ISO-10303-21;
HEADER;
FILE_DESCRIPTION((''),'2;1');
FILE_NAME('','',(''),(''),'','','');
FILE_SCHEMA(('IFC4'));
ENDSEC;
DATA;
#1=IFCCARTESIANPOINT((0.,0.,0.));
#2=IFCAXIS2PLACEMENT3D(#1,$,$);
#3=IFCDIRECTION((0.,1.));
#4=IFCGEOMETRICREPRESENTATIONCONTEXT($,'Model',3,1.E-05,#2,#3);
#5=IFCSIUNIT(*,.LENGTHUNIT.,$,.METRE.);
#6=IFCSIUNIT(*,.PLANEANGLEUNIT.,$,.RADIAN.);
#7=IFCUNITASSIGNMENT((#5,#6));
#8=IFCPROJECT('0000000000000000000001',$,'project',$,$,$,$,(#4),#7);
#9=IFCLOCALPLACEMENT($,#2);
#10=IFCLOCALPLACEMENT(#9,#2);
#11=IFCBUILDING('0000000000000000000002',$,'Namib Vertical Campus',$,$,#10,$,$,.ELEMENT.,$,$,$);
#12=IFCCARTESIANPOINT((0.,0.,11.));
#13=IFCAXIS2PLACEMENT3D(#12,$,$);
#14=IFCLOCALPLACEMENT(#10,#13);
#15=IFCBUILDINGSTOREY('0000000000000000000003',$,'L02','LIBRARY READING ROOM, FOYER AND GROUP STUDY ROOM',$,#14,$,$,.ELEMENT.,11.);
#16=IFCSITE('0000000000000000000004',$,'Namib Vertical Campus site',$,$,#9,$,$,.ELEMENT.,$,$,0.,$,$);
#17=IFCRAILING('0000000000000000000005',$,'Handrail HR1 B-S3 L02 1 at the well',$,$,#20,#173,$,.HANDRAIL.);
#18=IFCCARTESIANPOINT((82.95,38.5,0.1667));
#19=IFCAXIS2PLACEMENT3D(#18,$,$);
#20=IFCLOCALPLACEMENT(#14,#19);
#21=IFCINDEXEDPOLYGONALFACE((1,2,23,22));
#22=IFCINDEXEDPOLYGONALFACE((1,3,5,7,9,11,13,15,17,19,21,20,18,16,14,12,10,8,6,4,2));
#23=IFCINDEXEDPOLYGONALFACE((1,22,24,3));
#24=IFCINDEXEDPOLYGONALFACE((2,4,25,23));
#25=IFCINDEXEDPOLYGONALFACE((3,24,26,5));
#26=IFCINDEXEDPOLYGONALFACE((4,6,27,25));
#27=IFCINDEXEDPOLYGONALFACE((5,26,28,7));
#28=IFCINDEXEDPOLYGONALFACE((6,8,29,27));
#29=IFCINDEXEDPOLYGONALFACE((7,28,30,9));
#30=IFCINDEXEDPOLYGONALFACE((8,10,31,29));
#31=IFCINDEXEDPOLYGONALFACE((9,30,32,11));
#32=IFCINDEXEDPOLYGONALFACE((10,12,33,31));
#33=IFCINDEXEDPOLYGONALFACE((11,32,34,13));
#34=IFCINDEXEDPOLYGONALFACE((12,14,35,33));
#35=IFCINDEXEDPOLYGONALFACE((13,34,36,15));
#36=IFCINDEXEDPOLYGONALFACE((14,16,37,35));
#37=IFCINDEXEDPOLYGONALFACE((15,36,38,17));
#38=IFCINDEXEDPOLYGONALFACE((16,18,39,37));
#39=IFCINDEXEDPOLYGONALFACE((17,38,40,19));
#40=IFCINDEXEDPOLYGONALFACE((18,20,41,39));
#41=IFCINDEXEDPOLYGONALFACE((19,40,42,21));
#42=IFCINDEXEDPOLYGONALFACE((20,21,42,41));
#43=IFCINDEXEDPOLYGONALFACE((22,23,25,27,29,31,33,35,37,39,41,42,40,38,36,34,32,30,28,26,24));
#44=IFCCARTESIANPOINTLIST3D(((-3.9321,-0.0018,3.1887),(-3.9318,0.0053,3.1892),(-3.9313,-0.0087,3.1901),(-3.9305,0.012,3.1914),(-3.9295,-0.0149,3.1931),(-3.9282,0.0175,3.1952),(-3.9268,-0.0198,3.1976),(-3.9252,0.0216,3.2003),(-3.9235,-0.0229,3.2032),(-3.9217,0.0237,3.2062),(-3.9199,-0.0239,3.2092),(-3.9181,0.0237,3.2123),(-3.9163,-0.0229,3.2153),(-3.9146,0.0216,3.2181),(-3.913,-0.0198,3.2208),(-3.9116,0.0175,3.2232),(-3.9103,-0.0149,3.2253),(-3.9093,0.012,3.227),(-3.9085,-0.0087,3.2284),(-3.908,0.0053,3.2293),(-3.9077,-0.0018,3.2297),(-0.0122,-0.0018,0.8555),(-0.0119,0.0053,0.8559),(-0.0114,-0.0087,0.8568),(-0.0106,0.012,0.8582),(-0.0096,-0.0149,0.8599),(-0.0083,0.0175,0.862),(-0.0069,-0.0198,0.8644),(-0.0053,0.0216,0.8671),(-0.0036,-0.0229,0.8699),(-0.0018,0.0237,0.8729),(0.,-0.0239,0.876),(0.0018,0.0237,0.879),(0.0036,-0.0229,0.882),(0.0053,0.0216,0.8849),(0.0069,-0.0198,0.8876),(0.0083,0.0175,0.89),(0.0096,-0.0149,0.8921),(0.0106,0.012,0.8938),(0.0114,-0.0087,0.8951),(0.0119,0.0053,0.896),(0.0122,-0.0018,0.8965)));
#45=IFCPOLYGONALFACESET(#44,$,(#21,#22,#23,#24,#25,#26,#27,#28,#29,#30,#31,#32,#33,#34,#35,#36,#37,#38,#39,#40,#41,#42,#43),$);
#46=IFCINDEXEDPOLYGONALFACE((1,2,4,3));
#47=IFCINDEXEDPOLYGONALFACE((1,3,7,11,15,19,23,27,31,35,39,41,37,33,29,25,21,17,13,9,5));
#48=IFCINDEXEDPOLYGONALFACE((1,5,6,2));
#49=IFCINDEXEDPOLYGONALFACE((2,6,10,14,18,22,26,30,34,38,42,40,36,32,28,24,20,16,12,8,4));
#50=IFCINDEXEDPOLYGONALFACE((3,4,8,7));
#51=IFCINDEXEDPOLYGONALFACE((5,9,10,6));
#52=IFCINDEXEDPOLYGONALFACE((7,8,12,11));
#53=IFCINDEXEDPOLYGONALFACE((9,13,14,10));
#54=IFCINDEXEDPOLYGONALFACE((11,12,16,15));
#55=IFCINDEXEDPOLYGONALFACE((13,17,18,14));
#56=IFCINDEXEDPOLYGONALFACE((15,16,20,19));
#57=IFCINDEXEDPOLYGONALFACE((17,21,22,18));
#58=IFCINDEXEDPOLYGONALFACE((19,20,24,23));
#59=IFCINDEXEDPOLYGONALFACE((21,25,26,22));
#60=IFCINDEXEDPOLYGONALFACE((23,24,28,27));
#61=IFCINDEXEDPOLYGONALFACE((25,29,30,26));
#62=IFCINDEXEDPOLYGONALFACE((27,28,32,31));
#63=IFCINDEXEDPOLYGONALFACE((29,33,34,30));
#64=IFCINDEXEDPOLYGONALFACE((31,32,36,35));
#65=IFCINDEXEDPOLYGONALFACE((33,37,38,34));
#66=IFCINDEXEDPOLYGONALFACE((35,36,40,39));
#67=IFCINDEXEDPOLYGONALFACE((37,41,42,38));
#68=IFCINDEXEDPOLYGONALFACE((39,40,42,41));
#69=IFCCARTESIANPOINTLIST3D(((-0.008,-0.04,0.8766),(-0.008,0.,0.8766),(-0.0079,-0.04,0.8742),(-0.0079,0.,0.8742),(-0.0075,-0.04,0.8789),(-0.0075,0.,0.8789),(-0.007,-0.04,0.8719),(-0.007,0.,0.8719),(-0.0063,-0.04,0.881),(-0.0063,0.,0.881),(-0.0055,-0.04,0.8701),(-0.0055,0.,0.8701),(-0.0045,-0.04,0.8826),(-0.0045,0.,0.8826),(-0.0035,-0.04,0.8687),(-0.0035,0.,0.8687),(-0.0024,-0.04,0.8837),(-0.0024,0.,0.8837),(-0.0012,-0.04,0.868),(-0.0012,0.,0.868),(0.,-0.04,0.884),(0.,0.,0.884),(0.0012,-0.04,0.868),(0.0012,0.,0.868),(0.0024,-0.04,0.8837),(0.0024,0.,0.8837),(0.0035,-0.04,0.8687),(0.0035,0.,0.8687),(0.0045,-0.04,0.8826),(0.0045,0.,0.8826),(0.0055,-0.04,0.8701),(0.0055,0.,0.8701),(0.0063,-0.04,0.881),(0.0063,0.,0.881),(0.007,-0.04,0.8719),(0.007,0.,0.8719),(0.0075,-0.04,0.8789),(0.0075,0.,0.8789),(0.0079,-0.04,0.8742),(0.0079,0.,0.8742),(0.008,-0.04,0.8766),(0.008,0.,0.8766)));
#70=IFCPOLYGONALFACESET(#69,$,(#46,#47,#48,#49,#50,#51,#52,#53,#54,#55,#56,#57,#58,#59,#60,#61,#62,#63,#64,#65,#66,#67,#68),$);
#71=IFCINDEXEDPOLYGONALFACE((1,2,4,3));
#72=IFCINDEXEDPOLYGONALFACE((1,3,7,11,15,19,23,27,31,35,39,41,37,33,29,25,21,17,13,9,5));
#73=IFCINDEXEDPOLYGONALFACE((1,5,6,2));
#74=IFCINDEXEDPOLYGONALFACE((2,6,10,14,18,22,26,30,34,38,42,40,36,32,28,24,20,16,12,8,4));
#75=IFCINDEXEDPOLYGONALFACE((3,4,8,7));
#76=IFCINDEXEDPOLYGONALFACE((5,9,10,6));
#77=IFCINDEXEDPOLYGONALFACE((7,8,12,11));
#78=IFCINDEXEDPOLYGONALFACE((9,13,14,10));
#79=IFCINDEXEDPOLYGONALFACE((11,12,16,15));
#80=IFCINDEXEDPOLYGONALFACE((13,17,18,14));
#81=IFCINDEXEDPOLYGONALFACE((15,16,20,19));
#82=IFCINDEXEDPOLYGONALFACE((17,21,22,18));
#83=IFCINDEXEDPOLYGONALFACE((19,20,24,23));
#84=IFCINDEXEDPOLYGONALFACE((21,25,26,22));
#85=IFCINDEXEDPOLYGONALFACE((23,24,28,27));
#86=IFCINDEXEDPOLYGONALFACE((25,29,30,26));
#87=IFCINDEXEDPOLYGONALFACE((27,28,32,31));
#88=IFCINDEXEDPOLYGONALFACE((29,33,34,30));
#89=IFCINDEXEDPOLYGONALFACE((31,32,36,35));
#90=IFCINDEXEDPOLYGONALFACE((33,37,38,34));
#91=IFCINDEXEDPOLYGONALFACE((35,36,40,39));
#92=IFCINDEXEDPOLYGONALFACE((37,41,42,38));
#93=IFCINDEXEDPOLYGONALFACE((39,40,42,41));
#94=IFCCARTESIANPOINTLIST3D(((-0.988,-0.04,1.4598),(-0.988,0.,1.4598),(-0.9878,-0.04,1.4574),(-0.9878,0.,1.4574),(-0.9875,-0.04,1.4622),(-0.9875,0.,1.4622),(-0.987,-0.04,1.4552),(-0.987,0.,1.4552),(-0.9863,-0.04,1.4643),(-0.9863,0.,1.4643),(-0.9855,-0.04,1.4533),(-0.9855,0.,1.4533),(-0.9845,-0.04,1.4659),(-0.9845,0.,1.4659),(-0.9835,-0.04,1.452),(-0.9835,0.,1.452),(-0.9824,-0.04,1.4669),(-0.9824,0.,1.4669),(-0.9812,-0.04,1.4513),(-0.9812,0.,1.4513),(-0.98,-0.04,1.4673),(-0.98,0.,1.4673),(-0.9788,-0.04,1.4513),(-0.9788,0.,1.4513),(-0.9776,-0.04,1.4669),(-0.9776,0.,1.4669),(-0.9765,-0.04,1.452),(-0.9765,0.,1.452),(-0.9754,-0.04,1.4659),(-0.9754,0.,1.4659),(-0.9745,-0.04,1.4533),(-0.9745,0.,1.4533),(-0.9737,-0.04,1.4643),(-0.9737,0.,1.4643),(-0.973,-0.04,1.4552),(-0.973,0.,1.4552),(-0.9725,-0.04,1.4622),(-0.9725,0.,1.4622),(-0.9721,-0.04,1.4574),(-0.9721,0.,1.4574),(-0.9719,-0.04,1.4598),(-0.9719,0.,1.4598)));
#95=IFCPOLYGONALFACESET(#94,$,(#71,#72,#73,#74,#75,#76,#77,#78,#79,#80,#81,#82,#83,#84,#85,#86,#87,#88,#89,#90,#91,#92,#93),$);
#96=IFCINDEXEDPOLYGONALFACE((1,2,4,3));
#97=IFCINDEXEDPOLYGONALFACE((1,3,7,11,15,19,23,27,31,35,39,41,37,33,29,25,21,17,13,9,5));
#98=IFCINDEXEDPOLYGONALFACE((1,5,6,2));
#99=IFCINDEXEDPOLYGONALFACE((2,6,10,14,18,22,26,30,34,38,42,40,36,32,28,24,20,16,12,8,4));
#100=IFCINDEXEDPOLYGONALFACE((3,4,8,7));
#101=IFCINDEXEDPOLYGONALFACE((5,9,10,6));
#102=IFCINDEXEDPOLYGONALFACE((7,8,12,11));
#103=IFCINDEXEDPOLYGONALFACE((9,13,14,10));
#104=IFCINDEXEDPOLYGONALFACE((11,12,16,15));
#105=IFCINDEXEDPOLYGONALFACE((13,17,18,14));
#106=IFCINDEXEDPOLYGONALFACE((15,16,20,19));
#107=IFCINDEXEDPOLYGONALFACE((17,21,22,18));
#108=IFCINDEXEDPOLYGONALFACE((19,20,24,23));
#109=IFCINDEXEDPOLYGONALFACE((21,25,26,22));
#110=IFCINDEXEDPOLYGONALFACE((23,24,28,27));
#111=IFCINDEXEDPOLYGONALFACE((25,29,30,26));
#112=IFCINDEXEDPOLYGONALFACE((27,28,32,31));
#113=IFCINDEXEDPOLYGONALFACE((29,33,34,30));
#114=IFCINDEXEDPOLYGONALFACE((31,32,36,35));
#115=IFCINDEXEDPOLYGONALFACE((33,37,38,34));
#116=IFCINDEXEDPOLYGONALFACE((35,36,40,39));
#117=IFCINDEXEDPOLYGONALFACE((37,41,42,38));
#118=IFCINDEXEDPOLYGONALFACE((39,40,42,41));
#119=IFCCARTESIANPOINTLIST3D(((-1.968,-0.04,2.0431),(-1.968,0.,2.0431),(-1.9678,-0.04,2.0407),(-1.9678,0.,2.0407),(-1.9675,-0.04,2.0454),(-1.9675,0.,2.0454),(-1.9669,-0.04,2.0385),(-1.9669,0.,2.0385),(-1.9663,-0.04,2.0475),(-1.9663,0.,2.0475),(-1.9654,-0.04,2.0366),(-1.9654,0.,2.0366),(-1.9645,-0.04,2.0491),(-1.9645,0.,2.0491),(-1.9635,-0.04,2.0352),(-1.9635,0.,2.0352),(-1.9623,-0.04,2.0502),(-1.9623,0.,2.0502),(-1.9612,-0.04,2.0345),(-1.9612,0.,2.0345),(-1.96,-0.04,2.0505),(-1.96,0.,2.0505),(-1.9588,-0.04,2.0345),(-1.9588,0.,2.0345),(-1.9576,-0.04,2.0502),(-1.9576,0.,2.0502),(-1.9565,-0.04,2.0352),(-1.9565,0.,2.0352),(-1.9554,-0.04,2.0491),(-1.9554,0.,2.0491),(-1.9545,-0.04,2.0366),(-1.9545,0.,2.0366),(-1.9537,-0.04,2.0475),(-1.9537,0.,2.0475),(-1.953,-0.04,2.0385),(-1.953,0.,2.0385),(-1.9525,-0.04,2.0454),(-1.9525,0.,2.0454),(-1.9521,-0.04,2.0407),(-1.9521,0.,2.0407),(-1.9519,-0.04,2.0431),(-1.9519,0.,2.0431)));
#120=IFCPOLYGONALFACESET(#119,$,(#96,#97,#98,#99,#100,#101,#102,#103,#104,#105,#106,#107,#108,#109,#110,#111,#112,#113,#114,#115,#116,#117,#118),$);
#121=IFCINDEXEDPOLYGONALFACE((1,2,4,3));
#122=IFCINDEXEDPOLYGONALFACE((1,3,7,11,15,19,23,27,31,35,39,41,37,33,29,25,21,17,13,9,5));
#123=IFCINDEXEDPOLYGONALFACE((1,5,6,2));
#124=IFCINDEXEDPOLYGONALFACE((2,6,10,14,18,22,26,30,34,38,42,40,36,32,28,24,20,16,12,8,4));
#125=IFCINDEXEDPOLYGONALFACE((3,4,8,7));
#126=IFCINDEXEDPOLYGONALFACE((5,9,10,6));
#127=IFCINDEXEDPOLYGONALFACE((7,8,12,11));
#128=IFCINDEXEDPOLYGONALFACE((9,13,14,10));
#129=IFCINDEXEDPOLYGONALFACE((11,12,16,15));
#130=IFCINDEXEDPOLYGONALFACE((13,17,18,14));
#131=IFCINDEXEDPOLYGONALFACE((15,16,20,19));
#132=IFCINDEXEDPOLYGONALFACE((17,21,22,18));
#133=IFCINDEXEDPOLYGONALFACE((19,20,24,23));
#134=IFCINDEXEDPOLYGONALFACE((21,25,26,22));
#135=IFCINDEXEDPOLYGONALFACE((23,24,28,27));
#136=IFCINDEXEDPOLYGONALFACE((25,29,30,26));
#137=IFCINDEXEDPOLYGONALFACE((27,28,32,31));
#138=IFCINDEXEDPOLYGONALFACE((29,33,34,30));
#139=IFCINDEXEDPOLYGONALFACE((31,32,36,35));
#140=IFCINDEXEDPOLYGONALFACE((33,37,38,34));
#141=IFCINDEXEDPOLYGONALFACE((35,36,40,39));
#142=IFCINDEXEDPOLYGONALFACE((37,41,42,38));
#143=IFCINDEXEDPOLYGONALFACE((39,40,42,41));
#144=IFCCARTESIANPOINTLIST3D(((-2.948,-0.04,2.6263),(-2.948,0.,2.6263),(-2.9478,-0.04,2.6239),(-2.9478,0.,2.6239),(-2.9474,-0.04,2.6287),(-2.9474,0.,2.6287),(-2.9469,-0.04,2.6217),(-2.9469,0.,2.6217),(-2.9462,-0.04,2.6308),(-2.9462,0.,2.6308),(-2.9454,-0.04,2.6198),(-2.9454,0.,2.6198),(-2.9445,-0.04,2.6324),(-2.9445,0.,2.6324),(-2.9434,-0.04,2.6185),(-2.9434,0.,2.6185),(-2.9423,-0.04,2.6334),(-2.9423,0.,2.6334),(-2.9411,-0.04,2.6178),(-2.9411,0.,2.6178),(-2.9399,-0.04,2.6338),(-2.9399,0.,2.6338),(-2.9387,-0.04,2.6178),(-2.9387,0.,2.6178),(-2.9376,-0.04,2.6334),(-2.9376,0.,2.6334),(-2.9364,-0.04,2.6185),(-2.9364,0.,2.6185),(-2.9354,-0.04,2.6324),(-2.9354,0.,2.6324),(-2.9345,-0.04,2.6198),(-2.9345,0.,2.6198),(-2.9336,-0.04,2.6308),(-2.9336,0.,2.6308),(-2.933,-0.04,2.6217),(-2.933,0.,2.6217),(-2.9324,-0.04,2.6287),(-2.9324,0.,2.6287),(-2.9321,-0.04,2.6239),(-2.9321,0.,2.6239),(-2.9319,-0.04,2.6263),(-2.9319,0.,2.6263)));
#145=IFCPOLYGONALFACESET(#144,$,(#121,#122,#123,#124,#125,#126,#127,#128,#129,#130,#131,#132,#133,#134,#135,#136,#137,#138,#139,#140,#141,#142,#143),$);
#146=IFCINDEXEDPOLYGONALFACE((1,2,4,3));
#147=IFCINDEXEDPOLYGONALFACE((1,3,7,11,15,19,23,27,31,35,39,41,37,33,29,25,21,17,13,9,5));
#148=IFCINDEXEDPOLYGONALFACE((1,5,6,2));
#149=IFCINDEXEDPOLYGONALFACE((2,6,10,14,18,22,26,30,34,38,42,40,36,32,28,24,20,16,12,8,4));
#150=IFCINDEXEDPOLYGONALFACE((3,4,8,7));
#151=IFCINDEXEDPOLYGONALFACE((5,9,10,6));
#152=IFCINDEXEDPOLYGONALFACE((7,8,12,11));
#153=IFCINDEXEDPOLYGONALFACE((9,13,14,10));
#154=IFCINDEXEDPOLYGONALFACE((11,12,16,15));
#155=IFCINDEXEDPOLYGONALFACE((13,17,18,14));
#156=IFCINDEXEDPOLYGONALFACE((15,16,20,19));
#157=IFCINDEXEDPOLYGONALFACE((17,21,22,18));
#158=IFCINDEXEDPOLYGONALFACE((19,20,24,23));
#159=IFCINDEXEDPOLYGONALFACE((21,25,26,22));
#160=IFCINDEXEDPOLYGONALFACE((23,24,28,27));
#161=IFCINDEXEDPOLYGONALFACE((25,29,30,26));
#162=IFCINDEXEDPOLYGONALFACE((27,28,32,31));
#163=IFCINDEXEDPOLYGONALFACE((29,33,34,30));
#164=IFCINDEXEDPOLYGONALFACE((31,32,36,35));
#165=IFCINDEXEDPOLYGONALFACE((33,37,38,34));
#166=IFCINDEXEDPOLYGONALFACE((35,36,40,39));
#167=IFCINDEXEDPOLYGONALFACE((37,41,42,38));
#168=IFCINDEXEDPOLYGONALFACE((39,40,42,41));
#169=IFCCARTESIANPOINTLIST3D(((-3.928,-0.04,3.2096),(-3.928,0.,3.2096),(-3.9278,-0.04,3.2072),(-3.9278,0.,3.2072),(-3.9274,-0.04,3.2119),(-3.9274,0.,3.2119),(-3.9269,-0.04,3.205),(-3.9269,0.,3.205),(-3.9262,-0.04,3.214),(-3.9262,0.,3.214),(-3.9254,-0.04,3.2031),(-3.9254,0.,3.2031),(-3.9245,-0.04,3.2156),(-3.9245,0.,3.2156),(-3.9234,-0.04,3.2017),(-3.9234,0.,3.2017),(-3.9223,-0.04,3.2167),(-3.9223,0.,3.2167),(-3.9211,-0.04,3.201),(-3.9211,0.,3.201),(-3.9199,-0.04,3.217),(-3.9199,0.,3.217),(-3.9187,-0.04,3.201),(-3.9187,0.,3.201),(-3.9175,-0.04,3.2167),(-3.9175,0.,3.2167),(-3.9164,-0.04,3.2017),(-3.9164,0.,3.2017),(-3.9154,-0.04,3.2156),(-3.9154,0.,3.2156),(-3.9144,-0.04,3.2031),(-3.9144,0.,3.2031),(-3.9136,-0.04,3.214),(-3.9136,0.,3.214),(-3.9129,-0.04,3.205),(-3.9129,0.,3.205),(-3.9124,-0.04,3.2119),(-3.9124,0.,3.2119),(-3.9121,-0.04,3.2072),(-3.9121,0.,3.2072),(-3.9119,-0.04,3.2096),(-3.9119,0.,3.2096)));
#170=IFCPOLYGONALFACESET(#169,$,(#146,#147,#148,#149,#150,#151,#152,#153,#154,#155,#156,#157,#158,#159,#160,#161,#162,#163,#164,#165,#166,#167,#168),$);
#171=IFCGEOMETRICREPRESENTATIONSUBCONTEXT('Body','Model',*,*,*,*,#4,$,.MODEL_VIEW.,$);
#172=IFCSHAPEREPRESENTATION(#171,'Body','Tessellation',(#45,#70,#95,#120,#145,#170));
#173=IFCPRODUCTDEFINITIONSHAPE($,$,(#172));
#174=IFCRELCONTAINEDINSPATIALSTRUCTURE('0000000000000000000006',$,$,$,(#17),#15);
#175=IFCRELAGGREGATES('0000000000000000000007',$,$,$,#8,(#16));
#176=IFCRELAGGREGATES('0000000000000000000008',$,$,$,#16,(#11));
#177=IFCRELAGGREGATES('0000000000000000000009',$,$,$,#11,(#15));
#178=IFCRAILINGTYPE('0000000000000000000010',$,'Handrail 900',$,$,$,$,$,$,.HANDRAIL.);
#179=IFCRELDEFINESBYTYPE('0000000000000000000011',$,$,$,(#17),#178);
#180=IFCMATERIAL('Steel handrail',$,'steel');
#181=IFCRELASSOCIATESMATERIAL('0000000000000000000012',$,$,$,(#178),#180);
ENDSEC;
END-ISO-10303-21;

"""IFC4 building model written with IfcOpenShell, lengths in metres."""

from ifc_helpers import new_model, si_unit, direction, frame, origin, origin_2d, place, context, subcontext, project, spatial, circle, extrude, material, type_object, element, save


model = new_model("IFC4")

# Units and contexts
model_context = context("Model", 3, precision=1e-05, world=origin(), true_north=direction((0.0, 1.0)))
body_context = subcontext(model_context, "Body", "Model", "MODEL_VIEW")
ifc_project = project(units=[si_unit("LENGTHUNIT", "METRE"), si_unit("PLANEANGLEUNIT", "RADIAN")], contexts=[model_context])

# Site, building, storey
site_placement = place(None, origin())
site = spatial("IfcSite", under=ifc_project, at=site_placement, Name="Namib Vertical Campus site", CompositionType="ELEMENT", RefElevation=0.0)
building_placement = place(site_placement, origin())
building = spatial("IfcBuilding", under=site, at=building_placement, Name="Namib Vertical Campus", CompositionType="ELEMENT")
storey_placement = place(building_placement, frame((0.0, 0.0, 11.0)))
storey = spatial("IfcBuildingStorey", under=building, at=storey_placement, Name="L02", Description="LIBRARY READING ROOM, FOYER AND GROUP STUDY ROOM", CompositionType="ELEMENT", Elevation=11.0)

# Railing
ifc_material_1 = material(Name="Steel handrail", Category="steel")
railing_type_1 = type_object("IfcRailingType", Name="Handrail 900", PredefinedType="HANDRAIL", material=ifc_material_1)
railing_1_placement = place(storey_placement, frame((82.95, 38.5, 0.1667)))
element("IfcRailing", 1, at=railing_1_placement, inside=storey, type_object=railing_type_1, Name="Handrail HR1 B-S3 L02 1 at the well", PredefinedType="HANDRAIL", context=body_context, shape_type="SweptSolid", body=[
    extrude(circle(Radius=0.0239, at=origin_2d()), frame((0.0, 0.0, 0.876), z_axis=(-0.859296, 0.0, 0.511478), x_axis=(0.0, -1.0, 0.0)), (0.0, 0.0, 1.0), 4.5618),
    extrude(circle(Radius=0.0081, at=origin_2d()), frame((0.0, 0.0, 0.876), z_axis=(0.0, -1.0, 0.0), x_axis=(0.0, 0.0, 1.0)), (0.0, 0.0, 1.0), 0.04),
    extrude(circle(Radius=0.0081, at=origin_2d()), frame((-0.98, 0.0, 1.4592), z_axis=(0.0, -1.0, 0.0), x_axis=(0.0, 0.0, 1.0)), (0.0, 0.0, 1.0), 0.04),
    extrude(circle(Radius=0.0081, at=origin_2d()), frame((-1.96, 0.0, 2.0425), z_axis=(0.0, -1.0, 0.0), x_axis=(0.0, 0.0, 1.0)), (0.0, 0.0, 1.0), 0.04),
    extrude(circle(Radius=0.0081, at=origin_2d()), frame((-2.9399, 0.0, 2.6257), z_axis=(0.0, -1.0, 0.0), x_axis=(0.0, 0.0, 1.0)), (0.0, 0.0, 1.0), 0.04),
    extrude(circle(Radius=0.0081, at=origin_2d()), frame((-3.9199, 0.0, 3.209), z_axis=(0.0, -1.0, 0.0), x_axis=(0.0, 0.0, 1.0)), (0.0, 0.0, 1.0), 0.04),
])

save(model, "model.ifc")
